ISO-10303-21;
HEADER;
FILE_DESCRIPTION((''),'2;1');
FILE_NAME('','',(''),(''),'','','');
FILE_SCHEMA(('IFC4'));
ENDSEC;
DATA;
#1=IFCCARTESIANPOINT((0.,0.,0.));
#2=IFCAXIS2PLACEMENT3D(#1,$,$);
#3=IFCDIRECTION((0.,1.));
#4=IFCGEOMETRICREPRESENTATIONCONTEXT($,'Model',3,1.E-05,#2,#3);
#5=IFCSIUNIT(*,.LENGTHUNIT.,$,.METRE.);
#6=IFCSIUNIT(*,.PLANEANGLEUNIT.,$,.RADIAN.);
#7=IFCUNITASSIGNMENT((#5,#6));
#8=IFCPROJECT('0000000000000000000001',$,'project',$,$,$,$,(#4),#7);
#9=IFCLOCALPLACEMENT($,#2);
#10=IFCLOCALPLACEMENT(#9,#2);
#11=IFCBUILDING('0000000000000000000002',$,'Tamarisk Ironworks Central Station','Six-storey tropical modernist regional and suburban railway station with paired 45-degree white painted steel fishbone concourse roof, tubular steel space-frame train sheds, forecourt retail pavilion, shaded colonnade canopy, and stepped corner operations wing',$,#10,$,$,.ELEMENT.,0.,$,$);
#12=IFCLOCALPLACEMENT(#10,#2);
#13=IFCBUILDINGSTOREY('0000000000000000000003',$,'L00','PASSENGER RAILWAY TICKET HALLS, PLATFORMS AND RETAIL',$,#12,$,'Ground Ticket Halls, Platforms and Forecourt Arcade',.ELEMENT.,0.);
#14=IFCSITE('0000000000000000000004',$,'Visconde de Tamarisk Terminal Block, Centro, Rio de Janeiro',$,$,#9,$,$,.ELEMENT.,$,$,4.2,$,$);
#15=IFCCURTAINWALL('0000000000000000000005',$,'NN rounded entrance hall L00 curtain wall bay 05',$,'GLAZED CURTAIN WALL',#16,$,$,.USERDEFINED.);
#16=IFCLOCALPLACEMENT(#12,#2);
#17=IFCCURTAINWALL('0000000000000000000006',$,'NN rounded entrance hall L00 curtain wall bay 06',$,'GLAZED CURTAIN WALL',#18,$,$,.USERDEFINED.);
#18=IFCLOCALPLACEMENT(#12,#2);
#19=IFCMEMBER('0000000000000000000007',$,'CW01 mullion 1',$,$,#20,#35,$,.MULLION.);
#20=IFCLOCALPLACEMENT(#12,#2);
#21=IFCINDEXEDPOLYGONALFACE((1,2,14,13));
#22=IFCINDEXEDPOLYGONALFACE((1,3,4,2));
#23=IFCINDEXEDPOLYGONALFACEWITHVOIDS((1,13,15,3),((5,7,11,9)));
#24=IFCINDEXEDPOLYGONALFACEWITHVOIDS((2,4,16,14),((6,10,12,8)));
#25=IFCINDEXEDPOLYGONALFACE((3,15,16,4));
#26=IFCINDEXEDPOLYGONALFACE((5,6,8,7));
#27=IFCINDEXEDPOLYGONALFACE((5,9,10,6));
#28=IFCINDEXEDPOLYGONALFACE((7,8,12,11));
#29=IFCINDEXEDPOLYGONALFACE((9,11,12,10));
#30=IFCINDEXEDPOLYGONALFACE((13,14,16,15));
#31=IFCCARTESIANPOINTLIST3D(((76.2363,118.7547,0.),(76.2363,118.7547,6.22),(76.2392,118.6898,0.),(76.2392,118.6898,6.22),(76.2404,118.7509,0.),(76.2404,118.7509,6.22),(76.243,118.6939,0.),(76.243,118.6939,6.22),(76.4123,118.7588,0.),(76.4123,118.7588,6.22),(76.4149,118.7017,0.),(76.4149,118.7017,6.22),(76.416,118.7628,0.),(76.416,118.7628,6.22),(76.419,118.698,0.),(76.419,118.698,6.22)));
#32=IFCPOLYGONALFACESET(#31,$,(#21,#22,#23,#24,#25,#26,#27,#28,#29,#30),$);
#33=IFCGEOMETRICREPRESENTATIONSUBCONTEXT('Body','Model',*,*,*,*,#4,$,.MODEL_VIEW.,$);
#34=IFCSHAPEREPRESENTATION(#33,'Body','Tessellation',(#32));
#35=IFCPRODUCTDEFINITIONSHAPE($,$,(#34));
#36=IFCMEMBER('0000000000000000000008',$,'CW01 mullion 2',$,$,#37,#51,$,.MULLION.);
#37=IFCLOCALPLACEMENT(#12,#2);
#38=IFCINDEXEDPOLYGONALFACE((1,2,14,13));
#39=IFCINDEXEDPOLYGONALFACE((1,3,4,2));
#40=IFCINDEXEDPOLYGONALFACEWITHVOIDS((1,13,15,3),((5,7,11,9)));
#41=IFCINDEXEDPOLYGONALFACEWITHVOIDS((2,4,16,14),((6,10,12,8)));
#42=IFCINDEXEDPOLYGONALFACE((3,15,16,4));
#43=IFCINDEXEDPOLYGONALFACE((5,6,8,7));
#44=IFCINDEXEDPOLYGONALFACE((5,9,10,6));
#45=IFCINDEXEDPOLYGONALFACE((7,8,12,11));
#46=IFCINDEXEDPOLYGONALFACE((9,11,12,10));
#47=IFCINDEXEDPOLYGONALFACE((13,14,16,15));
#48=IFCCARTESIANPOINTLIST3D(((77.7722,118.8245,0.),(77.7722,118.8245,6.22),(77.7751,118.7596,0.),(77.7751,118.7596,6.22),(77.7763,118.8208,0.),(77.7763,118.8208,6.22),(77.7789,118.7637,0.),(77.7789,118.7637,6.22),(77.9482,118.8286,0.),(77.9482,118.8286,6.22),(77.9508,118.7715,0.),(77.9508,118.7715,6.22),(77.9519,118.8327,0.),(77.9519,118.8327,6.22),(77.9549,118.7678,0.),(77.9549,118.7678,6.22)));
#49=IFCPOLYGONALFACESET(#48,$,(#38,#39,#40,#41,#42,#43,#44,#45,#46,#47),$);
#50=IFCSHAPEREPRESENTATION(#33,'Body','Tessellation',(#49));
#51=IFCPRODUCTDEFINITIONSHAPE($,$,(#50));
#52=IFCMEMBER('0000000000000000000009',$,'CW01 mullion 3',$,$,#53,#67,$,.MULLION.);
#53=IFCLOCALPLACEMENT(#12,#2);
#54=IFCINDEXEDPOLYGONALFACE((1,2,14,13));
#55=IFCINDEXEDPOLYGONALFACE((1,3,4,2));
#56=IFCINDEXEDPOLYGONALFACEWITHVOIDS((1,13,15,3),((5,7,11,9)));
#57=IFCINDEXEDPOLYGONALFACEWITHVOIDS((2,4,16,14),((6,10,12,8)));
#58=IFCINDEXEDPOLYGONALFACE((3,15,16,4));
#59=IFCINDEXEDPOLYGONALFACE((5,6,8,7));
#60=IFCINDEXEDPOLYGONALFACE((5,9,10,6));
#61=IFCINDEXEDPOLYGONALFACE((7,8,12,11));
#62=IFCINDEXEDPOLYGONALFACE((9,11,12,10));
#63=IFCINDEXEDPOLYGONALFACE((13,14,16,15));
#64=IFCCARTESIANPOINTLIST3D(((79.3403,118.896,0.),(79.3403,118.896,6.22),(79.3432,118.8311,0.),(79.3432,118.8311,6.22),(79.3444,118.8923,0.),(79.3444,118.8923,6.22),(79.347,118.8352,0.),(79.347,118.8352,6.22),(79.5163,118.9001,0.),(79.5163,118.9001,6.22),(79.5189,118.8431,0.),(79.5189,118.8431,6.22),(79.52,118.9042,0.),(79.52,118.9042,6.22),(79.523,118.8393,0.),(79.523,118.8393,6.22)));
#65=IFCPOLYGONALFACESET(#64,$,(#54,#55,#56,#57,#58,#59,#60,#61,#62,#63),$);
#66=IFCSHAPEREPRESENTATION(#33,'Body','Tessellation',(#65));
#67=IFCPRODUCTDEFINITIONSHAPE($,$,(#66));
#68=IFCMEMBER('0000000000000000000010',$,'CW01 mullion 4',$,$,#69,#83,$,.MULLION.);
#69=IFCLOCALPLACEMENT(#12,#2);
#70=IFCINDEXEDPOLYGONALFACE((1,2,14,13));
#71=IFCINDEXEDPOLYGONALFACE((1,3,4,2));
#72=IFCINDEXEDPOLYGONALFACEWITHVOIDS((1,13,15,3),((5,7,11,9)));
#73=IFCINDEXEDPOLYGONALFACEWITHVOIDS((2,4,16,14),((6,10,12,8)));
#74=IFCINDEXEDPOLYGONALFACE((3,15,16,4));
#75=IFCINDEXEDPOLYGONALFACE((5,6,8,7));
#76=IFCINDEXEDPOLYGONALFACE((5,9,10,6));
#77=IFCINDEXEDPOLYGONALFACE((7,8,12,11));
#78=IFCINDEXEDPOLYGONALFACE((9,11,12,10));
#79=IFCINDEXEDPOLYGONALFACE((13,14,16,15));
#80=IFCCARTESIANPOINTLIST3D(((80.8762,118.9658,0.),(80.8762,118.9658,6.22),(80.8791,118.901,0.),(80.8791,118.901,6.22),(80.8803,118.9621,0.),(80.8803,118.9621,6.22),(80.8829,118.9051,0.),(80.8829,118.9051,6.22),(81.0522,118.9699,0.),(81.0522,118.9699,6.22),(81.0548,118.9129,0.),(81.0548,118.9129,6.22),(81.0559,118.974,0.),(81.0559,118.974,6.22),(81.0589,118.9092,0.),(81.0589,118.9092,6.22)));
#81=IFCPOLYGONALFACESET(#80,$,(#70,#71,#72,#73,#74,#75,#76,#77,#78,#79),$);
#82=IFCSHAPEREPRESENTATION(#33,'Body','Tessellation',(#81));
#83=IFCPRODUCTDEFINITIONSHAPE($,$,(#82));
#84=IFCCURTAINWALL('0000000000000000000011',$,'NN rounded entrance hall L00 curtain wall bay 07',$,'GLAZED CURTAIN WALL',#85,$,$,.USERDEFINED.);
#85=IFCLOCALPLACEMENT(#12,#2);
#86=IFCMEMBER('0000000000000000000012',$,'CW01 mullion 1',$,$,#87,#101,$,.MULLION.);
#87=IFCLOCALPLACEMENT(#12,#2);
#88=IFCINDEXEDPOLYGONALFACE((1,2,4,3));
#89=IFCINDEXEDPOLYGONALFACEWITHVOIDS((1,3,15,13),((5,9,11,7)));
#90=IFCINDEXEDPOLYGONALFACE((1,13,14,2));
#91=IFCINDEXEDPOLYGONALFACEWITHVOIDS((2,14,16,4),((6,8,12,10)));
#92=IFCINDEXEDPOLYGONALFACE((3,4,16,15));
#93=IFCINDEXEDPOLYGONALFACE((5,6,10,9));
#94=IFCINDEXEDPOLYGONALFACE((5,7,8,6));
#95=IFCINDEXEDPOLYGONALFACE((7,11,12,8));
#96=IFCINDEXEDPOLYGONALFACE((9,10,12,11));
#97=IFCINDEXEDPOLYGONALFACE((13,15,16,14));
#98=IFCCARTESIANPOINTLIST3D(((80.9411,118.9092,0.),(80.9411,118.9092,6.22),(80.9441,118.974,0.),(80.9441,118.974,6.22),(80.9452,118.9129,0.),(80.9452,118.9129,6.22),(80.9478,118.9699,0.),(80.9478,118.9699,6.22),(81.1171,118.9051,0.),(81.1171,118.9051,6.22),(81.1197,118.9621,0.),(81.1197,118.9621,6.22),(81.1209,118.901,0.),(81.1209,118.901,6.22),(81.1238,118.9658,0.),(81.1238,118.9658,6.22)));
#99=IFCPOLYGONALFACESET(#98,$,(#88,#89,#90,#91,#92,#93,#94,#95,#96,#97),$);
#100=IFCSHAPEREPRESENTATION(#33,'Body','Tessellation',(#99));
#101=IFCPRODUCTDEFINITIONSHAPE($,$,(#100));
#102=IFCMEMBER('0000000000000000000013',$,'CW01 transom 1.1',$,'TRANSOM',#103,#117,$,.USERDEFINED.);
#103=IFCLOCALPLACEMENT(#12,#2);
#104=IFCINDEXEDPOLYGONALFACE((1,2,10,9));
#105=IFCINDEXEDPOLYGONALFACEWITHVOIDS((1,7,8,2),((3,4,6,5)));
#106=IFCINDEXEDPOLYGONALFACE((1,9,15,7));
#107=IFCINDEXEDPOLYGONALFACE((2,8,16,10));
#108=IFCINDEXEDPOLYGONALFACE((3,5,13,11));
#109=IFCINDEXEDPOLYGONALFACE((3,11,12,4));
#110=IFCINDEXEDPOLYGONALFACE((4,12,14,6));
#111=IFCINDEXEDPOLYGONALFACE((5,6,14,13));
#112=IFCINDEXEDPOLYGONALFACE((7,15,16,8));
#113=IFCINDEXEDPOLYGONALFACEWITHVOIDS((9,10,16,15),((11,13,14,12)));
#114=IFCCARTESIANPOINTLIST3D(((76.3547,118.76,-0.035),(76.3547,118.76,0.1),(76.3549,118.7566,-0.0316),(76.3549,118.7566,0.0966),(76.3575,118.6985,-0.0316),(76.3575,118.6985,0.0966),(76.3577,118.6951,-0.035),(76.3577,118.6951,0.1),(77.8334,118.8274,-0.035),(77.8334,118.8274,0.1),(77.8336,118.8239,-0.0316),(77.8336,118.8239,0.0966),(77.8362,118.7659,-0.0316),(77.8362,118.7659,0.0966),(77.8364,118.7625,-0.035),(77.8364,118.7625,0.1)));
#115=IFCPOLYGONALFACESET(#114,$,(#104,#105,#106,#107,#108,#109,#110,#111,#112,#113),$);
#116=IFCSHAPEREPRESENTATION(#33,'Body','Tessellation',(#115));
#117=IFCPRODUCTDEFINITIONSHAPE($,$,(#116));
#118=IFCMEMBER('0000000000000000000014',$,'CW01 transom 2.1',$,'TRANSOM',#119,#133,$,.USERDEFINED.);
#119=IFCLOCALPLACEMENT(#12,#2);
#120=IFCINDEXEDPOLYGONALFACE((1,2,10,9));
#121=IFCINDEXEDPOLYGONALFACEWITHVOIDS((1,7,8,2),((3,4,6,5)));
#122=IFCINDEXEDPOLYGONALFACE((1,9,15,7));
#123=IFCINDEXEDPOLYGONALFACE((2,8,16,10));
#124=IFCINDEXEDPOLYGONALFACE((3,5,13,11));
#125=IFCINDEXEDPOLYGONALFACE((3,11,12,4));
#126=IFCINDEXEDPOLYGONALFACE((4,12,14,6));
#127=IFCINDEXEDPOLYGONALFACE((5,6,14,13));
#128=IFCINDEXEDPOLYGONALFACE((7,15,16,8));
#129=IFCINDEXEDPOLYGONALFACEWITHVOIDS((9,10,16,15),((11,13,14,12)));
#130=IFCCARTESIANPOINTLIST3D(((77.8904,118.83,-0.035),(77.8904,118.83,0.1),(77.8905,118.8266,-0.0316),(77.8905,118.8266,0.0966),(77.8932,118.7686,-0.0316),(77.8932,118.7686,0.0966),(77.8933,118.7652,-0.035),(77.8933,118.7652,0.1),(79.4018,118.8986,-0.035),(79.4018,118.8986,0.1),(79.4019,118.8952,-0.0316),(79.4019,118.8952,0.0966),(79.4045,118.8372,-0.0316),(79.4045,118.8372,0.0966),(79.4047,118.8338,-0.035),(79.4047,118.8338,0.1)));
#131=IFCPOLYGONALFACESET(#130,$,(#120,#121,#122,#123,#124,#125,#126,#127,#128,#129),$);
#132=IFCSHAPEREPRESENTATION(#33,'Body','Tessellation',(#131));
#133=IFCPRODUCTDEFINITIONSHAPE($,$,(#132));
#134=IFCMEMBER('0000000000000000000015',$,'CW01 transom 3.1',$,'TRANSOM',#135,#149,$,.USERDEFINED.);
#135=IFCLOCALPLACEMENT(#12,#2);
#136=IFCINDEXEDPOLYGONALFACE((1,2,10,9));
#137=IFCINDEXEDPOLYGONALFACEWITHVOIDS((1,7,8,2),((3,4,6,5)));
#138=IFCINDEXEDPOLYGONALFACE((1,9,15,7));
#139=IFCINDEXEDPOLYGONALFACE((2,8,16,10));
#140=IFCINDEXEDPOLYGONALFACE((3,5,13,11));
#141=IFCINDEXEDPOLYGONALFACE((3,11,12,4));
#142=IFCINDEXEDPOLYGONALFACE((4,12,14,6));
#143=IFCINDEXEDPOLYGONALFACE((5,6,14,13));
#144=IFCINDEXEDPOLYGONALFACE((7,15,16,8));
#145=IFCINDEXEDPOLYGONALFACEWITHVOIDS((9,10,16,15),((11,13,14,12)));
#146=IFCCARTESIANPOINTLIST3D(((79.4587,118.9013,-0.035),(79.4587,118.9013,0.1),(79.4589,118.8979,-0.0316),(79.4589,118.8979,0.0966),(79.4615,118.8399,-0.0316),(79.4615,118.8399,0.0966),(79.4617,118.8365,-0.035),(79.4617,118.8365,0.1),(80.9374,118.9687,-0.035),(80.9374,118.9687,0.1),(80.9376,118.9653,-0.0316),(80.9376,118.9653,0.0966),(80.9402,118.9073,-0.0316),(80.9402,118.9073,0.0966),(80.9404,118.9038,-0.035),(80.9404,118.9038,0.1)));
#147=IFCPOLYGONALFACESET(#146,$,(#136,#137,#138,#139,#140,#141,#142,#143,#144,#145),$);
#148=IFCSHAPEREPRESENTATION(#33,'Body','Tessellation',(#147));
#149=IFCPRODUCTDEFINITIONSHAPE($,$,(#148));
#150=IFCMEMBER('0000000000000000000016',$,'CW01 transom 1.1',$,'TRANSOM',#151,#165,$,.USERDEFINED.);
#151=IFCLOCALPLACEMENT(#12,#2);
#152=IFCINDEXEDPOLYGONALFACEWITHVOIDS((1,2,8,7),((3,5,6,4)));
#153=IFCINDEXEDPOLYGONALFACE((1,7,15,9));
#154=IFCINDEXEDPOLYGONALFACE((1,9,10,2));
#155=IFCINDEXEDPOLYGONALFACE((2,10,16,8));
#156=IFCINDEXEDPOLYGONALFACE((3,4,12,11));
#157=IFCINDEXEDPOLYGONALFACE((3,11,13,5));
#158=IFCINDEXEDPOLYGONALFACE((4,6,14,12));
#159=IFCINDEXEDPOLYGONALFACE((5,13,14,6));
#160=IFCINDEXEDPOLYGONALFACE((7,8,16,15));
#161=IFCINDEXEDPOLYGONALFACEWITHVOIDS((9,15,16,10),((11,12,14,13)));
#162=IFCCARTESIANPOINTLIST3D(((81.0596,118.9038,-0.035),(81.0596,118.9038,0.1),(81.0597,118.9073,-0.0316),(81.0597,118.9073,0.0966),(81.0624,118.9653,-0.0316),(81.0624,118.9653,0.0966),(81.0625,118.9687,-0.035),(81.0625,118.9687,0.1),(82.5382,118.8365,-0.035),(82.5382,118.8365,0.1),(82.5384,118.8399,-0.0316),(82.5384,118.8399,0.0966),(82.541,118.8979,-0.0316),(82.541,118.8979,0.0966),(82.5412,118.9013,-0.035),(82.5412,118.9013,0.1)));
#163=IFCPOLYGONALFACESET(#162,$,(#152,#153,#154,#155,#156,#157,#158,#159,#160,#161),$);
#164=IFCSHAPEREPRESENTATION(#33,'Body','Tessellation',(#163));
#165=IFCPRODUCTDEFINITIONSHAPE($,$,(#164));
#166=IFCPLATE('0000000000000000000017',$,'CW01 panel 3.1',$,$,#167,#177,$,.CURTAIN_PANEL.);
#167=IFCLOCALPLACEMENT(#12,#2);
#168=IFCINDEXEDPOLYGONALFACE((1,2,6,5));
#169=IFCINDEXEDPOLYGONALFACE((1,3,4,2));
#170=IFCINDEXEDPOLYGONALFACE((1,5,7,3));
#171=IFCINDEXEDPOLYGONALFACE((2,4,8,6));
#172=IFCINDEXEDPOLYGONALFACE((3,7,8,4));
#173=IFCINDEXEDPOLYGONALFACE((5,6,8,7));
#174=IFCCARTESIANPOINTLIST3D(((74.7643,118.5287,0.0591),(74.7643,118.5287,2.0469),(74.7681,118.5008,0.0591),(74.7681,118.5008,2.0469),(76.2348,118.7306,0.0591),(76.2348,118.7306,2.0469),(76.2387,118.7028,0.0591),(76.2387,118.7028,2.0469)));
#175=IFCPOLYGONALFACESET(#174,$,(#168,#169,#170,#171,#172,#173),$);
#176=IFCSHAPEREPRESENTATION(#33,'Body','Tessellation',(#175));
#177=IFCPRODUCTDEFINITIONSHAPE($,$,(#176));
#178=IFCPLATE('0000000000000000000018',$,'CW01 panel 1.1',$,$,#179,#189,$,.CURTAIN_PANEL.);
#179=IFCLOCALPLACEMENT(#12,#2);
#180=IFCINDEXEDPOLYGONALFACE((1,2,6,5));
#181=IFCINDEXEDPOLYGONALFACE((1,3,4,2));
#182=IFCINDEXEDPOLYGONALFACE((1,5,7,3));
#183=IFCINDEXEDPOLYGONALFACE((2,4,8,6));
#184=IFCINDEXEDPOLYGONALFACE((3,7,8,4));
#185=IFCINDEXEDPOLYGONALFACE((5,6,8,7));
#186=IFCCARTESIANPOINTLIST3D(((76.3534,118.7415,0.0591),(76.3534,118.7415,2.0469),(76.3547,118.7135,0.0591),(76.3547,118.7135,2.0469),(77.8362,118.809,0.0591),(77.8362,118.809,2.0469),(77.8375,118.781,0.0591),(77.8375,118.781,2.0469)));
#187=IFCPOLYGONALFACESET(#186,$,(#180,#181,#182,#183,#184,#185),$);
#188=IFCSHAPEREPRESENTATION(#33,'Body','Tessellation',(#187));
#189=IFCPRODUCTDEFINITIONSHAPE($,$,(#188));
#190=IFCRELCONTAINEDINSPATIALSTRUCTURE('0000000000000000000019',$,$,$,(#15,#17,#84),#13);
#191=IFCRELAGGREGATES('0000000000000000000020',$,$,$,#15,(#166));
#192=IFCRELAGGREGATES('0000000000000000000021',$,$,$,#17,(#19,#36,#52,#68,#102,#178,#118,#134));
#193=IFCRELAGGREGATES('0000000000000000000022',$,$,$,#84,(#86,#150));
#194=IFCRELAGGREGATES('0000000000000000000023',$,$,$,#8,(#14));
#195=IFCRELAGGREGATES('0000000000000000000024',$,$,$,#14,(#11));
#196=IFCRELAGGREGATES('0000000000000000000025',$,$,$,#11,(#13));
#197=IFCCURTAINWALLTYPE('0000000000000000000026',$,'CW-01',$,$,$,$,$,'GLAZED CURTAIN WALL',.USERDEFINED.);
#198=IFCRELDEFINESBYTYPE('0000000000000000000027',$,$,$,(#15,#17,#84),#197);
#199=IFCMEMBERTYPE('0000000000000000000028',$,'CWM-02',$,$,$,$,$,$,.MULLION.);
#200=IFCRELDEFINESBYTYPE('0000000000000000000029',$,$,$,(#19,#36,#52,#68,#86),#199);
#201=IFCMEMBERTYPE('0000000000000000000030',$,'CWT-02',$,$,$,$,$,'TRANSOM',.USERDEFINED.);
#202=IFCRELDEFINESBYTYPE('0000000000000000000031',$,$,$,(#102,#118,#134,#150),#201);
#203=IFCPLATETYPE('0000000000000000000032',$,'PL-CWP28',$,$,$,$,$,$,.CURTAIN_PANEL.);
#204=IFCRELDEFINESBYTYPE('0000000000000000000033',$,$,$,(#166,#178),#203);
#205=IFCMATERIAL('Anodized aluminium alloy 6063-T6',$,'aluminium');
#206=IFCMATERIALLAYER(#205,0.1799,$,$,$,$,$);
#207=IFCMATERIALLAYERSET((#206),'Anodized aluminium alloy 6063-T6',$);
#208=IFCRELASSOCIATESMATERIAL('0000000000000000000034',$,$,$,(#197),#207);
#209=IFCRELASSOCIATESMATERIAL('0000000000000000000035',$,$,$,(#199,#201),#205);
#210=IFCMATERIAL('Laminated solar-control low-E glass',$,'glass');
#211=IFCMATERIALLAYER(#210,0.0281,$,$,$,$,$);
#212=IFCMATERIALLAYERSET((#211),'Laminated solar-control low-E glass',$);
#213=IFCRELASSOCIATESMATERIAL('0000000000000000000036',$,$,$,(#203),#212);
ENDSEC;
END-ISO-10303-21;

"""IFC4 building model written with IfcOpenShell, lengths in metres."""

from ifc_helpers import new_model, si_unit, direction, frame, origin, origin_2d, place, context, subcontext, project, spatial, rectangle, hollow_rectangle, extrude, material, layer, layer_set, material_profile, profile_set, type_object, element, aggregate, save


model = new_model("IFC4")

# Units and contexts
model_context = context("Model", 3, precision=1e-05, world=origin(), true_north=direction((0.0, 1.0)))
body_context = subcontext(model_context, "Body", "Model", "MODEL_VIEW")
ifc_project = project(units=[si_unit("LENGTHUNIT", "METRE"), si_unit("PLANEANGLEUNIT", "RADIAN")], contexts=[model_context])

# Site, building, storey
site_placement = place(None, origin())
site = spatial("IfcSite", under=ifc_project, at=site_placement, Name="Visconde de Tamarisk Terminal Block, Centro, Rio de Janeiro", CompositionType="ELEMENT", RefElevation=4.2)
building_placement = place(site_placement, origin())
building = spatial("IfcBuilding", under=site, at=building_placement, Name="Tamarisk Ironworks Central Station", Description="Six-storey tropical modernist regional and suburban railway station with paired 45-degree white painted steel fishbone concourse roof, tubular steel space-frame train sheds, forecourt retail pavilion, shaded colonnade canopy, and stepped corner operations wing", CompositionType="ELEMENT", ElevationOfRefHeight=0.0)
storey_placement = place(building_placement, origin())
storey = spatial("IfcBuildingStorey", under=building, at=storey_placement, Name="L00", Description="PASSENGER RAILWAY TICKET HALLS, PLATFORMS AND RETAIL", LongName="Ground Ticket Halls, Platforms and Forecourt Arcade", CompositionType="ELEMENT", Elevation=0.0)

# Curtain wall
ifc_material_1 = material(Name="Anodized aluminium alloy 6063-T6", Category="aluminium")
ifc_layer_1 = layer(ifc_material_1, 0.1799)
ifc_layer_set_1 = layer_set([ifc_layer_1], Name="Anodized aluminium alloy 6063-T6")
curtain_wall_type = type_object("IfcCurtainWallType", Name="CW-01", ElementType="GLAZED CURTAIN WALL", PredefinedType="USERDEFINED", material=ifc_layer_set_1)
curtain_wall_1_placement = place(storey_placement, origin())
curtain_wall_1 = element("IfcCurtainWall", 1, at=curtain_wall_1_placement, inside=storey, type_object=curtain_wall_type, Name="NN rounded entrance hall L00 curtain wall bay 05", ObjectType="GLAZED CURTAIN WALL", PredefinedType="USERDEFINED")
ifc_material_profile_1 = material_profile(ifc_material_1, hollow_rectangle(XDim=0.0649, YDim=0.1799, WallThickness=0.0039, at=origin_2d()), Name="ALUM 180x65")
ifc_profile_set_1 = profile_set([ifc_material_profile_1], Name="Anodized aluminium alloy 6063-T6")
member_type_1 = type_object("IfcMemberType", Name="CWM-02", PredefinedType="MULLION", material=ifc_profile_set_1)

# Curtain wall, members
curtain_wall_2_placement = place(storey_placement, origin())
curtain_wall_2 = element("IfcCurtainWall", 2, at=curtain_wall_2_placement, inside=storey, type_object=curtain_wall_type, Name="NN rounded entrance hall L00 curtain wall bay 06", ObjectType="GLAZED CURTAIN WALL", PredefinedType="USERDEFINED")
member_1_placement = place(storey_placement, frame((76.3276, 118.7263, 0.0), z_axis=(0.0, 0.0, 1.0), x_axis=(-0.045481, 0.998965, 0.0)))
member_1 = element("IfcMember", 3, at=member_1_placement, type_object=member_type_1, Name="CW01 mullion 1", PredefinedType="MULLION", context=body_context, shape_type="SweptSolid", body=[
    extrude(hollow_rectangle(XDim=0.0649, YDim=0.1799, WallThickness=0.0039, at=origin_2d()), origin(), (0.0, 0.0, 1.0), 6.22),
])
member_2_placement = place(storey_placement, frame((77.8635, 118.7961, 0.0), z_axis=(0.0, 0.0, 1.0), x_axis=(-0.045481, 0.998965, 0.0)))
member_2 = element("IfcMember", 4, at=member_2_placement, type_object=member_type_1, Name="CW01 mullion 2", PredefinedType="MULLION", context=body_context, shape_type="SweptSolid", body=[
    extrude(hollow_rectangle(XDim=0.0649, YDim=0.1799, WallThickness=0.0039, at=origin_2d()), origin(), (0.0, 0.0, 1.0), 6.22),
])
member_3_placement = place(storey_placement, frame((79.4316, 118.8677, 0.0), z_axis=(0.0, 0.0, 1.0), x_axis=(-0.045481, 0.998965, 0.0)))
member_3 = element("IfcMember", 5, at=member_3_placement, type_object=member_type_1, Name="CW01 mullion 3", PredefinedType="MULLION", context=body_context, shape_type="SweptSolid", body=[
    extrude(hollow_rectangle(XDim=0.0649, YDim=0.1799, WallThickness=0.0039, at=origin_2d()), origin(), (0.0, 0.0, 1.0), 6.22),
])
member_4_placement = place(storey_placement, frame((80.9675, 118.9375, 0.0), z_axis=(0.0, 0.0, 1.0), x_axis=(-0.045481, 0.998965, 0.0)))
member_4 = element("IfcMember", 6, at=member_4_placement, type_object=member_type_1, Name="CW01 mullion 4", PredefinedType="MULLION", context=body_context, shape_type="SweptSolid", body=[
    extrude(hollow_rectangle(XDim=0.0649, YDim=0.1799, WallThickness=0.0039, at=origin_2d()), origin(), (0.0, 0.0, 1.0), 6.22),
])

# Curtain wall, member
curtain_wall_3_placement = place(storey_placement, origin())
curtain_wall_3 = element("IfcCurtainWall", 7, at=curtain_wall_3_placement, inside=storey, type_object=curtain_wall_type, Name="NN rounded entrance hall L00 curtain wall bay 07", ObjectType="GLAZED CURTAIN WALL", PredefinedType="USERDEFINED")
member_5_placement = place(storey_placement, frame((81.0325, 118.9375, 0.0), z_axis=(0.0, 0.0, 1.0), x_axis=(0.045481, 0.998965, 0.0)))
member_5 = element("IfcMember", 8, at=member_5_placement, type_object=member_type_1, Name="CW01 mullion 1", PredefinedType="MULLION", context=body_context, shape_type="SweptSolid", body=[
    extrude(hollow_rectangle(XDim=0.0649, YDim=0.1799, WallThickness=0.0039, at=origin_2d()), origin(), (0.0, 0.0, 1.0), 6.22),
])

# Members
ifc_material_profile_2 = material_profile(ifc_material_1, hollow_rectangle(XDim=0.0649, YDim=0.135, WallThickness=0.0034, at=origin_2d()), Name="ALUM 135x65")
ifc_profile_set_2 = profile_set([ifc_material_profile_2], Name="Anodized aluminium alloy 6063-T6")
member_type_2 = type_object("IfcMemberType", Name="CWT-02", ElementType="TRANSOM", PredefinedType="USERDEFINED", material=ifc_profile_set_2)
member_6_placement = place(storey_placement, frame((76.3562, 118.7275, 0.0325), z_axis=(0.998963, 0.04552, 0.0), x_axis=(-0.04552, 0.998963, 0.0)))
member_6 = element("IfcMember", 9, at=member_6_placement, type_object=member_type_2, Name="CW01 transom 1.1", ObjectType="TRANSOM", PredefinedType="USERDEFINED", context=body_context, shape_type="SweptSolid", body=[
    extrude(hollow_rectangle(XDim=0.0649, YDim=0.135, WallThickness=0.0034, at=origin_2d()), origin(), (0.0, 0.0, 1.0), 1.4802),
])
member_7_placement = place(storey_placement, frame((77.8918, 118.7976, 0.0325), z_axis=(0.998972, 0.045342, 0.0), x_axis=(-0.045342, 0.998972, 0.0)))
member_7 = element("IfcMember", 10, at=member_7_placement, type_object=member_type_2, Name="CW01 transom 2.1", ObjectType="TRANSOM", PredefinedType="USERDEFINED", context=body_context, shape_type="SweptSolid", body=[
    extrude(hollow_rectangle(XDim=0.0649, YDim=0.135, WallThickness=0.0034, at=origin_2d()), origin(), (0.0, 0.0, 1.0), 1.5129),
])
member_8_placement = place(storey_placement, frame((79.4602, 118.8689, 0.0325), z_axis=(0.998963, 0.04552, 0.0), x_axis=(-0.04552, 0.998963, 0.0)))
member_8 = element("IfcMember", 11, at=member_8_placement, type_object=member_type_2, Name="CW01 transom 3.1", ObjectType="TRANSOM", PredefinedType="USERDEFINED", context=body_context, shape_type="SweptSolid", body=[
    extrude(hollow_rectangle(XDim=0.0649, YDim=0.135, WallThickness=0.0034, at=origin_2d()), origin(), (0.0, 0.0, 1.0), 1.4802),
])
member_9_placement = place(storey_placement, frame((81.061, 118.9363, 0.0325), z_axis=(0.998963, -0.04552, 0.0), x_axis=(0.04552, 0.998963, 0.0)))
member_9 = element("IfcMember", 12, at=member_9_placement, type_object=member_type_2, Name="CW01 transom 1.1", ObjectType="TRANSOM", PredefinedType="USERDEFINED", context=body_context, shape_type="SweptSolid", body=[
    extrude(hollow_rectangle(XDim=0.0649, YDim=0.135, WallThickness=0.0034, at=origin_2d()), origin(), (0.0, 0.0, 1.0), 1.4802),
])

# Plates
ifc_material_2 = material(Name="Laminated solar-control low-E glass", Category="glass")
ifc_layer_2 = layer(ifc_material_2, 0.0281)
ifc_layer_set_2 = layer_set([ifc_layer_2], Name="Laminated solar-control low-E glass")
plate_type = type_object("IfcPlateType", Name="PL-CWP28", PredefinedType="CURTAIN_PANEL", material=ifc_layer_set_2)
plate_1_placement = place(storey_placement, frame((75.5015, 118.6157, 0.0591), z_axis=(0.0, 0.0, 1.0), x_axis=(0.990703, 0.136042, 0.0)))
plate_1 = element("IfcPlate", 13, at=plate_1_placement, type_object=plate_type, Name="CW01 panel 3.1", PredefinedType="CURTAIN_PANEL", context=body_context, shape_type="SweptSolid", body=[
    extrude(rectangle(XDim=1.4844, YDim=0.0281, at=origin_2d()), origin(), (0.0, 0.0, 1.0), 1.9878),
])
aggregate(curtain_wall_1, [plate_1])
plate_2_placement = place(storey_placement, frame((77.0955, 118.7612, 0.0591), z_axis=(0.0, 0.0, 1.0), x_axis=(0.998965, 0.045481, 0.0)))
plate_2 = element("IfcPlate", 14, at=plate_2_placement, type_object=plate_type, Name="CW01 panel 1.1", PredefinedType="CURTAIN_PANEL", context=body_context, shape_type="SweptSolid", body=[
    extrude(rectangle(XDim=1.4844, YDim=0.0281, at=origin_2d()), origin(), (0.0, 0.0, 1.0), 1.9878),
])
aggregate(curtain_wall_2, [member_1, member_2, member_3, member_4, member_6, plate_2, member_7, member_8])
aggregate(curtain_wall_3, [member_5, member_9])

save(model, "model.ifc")
